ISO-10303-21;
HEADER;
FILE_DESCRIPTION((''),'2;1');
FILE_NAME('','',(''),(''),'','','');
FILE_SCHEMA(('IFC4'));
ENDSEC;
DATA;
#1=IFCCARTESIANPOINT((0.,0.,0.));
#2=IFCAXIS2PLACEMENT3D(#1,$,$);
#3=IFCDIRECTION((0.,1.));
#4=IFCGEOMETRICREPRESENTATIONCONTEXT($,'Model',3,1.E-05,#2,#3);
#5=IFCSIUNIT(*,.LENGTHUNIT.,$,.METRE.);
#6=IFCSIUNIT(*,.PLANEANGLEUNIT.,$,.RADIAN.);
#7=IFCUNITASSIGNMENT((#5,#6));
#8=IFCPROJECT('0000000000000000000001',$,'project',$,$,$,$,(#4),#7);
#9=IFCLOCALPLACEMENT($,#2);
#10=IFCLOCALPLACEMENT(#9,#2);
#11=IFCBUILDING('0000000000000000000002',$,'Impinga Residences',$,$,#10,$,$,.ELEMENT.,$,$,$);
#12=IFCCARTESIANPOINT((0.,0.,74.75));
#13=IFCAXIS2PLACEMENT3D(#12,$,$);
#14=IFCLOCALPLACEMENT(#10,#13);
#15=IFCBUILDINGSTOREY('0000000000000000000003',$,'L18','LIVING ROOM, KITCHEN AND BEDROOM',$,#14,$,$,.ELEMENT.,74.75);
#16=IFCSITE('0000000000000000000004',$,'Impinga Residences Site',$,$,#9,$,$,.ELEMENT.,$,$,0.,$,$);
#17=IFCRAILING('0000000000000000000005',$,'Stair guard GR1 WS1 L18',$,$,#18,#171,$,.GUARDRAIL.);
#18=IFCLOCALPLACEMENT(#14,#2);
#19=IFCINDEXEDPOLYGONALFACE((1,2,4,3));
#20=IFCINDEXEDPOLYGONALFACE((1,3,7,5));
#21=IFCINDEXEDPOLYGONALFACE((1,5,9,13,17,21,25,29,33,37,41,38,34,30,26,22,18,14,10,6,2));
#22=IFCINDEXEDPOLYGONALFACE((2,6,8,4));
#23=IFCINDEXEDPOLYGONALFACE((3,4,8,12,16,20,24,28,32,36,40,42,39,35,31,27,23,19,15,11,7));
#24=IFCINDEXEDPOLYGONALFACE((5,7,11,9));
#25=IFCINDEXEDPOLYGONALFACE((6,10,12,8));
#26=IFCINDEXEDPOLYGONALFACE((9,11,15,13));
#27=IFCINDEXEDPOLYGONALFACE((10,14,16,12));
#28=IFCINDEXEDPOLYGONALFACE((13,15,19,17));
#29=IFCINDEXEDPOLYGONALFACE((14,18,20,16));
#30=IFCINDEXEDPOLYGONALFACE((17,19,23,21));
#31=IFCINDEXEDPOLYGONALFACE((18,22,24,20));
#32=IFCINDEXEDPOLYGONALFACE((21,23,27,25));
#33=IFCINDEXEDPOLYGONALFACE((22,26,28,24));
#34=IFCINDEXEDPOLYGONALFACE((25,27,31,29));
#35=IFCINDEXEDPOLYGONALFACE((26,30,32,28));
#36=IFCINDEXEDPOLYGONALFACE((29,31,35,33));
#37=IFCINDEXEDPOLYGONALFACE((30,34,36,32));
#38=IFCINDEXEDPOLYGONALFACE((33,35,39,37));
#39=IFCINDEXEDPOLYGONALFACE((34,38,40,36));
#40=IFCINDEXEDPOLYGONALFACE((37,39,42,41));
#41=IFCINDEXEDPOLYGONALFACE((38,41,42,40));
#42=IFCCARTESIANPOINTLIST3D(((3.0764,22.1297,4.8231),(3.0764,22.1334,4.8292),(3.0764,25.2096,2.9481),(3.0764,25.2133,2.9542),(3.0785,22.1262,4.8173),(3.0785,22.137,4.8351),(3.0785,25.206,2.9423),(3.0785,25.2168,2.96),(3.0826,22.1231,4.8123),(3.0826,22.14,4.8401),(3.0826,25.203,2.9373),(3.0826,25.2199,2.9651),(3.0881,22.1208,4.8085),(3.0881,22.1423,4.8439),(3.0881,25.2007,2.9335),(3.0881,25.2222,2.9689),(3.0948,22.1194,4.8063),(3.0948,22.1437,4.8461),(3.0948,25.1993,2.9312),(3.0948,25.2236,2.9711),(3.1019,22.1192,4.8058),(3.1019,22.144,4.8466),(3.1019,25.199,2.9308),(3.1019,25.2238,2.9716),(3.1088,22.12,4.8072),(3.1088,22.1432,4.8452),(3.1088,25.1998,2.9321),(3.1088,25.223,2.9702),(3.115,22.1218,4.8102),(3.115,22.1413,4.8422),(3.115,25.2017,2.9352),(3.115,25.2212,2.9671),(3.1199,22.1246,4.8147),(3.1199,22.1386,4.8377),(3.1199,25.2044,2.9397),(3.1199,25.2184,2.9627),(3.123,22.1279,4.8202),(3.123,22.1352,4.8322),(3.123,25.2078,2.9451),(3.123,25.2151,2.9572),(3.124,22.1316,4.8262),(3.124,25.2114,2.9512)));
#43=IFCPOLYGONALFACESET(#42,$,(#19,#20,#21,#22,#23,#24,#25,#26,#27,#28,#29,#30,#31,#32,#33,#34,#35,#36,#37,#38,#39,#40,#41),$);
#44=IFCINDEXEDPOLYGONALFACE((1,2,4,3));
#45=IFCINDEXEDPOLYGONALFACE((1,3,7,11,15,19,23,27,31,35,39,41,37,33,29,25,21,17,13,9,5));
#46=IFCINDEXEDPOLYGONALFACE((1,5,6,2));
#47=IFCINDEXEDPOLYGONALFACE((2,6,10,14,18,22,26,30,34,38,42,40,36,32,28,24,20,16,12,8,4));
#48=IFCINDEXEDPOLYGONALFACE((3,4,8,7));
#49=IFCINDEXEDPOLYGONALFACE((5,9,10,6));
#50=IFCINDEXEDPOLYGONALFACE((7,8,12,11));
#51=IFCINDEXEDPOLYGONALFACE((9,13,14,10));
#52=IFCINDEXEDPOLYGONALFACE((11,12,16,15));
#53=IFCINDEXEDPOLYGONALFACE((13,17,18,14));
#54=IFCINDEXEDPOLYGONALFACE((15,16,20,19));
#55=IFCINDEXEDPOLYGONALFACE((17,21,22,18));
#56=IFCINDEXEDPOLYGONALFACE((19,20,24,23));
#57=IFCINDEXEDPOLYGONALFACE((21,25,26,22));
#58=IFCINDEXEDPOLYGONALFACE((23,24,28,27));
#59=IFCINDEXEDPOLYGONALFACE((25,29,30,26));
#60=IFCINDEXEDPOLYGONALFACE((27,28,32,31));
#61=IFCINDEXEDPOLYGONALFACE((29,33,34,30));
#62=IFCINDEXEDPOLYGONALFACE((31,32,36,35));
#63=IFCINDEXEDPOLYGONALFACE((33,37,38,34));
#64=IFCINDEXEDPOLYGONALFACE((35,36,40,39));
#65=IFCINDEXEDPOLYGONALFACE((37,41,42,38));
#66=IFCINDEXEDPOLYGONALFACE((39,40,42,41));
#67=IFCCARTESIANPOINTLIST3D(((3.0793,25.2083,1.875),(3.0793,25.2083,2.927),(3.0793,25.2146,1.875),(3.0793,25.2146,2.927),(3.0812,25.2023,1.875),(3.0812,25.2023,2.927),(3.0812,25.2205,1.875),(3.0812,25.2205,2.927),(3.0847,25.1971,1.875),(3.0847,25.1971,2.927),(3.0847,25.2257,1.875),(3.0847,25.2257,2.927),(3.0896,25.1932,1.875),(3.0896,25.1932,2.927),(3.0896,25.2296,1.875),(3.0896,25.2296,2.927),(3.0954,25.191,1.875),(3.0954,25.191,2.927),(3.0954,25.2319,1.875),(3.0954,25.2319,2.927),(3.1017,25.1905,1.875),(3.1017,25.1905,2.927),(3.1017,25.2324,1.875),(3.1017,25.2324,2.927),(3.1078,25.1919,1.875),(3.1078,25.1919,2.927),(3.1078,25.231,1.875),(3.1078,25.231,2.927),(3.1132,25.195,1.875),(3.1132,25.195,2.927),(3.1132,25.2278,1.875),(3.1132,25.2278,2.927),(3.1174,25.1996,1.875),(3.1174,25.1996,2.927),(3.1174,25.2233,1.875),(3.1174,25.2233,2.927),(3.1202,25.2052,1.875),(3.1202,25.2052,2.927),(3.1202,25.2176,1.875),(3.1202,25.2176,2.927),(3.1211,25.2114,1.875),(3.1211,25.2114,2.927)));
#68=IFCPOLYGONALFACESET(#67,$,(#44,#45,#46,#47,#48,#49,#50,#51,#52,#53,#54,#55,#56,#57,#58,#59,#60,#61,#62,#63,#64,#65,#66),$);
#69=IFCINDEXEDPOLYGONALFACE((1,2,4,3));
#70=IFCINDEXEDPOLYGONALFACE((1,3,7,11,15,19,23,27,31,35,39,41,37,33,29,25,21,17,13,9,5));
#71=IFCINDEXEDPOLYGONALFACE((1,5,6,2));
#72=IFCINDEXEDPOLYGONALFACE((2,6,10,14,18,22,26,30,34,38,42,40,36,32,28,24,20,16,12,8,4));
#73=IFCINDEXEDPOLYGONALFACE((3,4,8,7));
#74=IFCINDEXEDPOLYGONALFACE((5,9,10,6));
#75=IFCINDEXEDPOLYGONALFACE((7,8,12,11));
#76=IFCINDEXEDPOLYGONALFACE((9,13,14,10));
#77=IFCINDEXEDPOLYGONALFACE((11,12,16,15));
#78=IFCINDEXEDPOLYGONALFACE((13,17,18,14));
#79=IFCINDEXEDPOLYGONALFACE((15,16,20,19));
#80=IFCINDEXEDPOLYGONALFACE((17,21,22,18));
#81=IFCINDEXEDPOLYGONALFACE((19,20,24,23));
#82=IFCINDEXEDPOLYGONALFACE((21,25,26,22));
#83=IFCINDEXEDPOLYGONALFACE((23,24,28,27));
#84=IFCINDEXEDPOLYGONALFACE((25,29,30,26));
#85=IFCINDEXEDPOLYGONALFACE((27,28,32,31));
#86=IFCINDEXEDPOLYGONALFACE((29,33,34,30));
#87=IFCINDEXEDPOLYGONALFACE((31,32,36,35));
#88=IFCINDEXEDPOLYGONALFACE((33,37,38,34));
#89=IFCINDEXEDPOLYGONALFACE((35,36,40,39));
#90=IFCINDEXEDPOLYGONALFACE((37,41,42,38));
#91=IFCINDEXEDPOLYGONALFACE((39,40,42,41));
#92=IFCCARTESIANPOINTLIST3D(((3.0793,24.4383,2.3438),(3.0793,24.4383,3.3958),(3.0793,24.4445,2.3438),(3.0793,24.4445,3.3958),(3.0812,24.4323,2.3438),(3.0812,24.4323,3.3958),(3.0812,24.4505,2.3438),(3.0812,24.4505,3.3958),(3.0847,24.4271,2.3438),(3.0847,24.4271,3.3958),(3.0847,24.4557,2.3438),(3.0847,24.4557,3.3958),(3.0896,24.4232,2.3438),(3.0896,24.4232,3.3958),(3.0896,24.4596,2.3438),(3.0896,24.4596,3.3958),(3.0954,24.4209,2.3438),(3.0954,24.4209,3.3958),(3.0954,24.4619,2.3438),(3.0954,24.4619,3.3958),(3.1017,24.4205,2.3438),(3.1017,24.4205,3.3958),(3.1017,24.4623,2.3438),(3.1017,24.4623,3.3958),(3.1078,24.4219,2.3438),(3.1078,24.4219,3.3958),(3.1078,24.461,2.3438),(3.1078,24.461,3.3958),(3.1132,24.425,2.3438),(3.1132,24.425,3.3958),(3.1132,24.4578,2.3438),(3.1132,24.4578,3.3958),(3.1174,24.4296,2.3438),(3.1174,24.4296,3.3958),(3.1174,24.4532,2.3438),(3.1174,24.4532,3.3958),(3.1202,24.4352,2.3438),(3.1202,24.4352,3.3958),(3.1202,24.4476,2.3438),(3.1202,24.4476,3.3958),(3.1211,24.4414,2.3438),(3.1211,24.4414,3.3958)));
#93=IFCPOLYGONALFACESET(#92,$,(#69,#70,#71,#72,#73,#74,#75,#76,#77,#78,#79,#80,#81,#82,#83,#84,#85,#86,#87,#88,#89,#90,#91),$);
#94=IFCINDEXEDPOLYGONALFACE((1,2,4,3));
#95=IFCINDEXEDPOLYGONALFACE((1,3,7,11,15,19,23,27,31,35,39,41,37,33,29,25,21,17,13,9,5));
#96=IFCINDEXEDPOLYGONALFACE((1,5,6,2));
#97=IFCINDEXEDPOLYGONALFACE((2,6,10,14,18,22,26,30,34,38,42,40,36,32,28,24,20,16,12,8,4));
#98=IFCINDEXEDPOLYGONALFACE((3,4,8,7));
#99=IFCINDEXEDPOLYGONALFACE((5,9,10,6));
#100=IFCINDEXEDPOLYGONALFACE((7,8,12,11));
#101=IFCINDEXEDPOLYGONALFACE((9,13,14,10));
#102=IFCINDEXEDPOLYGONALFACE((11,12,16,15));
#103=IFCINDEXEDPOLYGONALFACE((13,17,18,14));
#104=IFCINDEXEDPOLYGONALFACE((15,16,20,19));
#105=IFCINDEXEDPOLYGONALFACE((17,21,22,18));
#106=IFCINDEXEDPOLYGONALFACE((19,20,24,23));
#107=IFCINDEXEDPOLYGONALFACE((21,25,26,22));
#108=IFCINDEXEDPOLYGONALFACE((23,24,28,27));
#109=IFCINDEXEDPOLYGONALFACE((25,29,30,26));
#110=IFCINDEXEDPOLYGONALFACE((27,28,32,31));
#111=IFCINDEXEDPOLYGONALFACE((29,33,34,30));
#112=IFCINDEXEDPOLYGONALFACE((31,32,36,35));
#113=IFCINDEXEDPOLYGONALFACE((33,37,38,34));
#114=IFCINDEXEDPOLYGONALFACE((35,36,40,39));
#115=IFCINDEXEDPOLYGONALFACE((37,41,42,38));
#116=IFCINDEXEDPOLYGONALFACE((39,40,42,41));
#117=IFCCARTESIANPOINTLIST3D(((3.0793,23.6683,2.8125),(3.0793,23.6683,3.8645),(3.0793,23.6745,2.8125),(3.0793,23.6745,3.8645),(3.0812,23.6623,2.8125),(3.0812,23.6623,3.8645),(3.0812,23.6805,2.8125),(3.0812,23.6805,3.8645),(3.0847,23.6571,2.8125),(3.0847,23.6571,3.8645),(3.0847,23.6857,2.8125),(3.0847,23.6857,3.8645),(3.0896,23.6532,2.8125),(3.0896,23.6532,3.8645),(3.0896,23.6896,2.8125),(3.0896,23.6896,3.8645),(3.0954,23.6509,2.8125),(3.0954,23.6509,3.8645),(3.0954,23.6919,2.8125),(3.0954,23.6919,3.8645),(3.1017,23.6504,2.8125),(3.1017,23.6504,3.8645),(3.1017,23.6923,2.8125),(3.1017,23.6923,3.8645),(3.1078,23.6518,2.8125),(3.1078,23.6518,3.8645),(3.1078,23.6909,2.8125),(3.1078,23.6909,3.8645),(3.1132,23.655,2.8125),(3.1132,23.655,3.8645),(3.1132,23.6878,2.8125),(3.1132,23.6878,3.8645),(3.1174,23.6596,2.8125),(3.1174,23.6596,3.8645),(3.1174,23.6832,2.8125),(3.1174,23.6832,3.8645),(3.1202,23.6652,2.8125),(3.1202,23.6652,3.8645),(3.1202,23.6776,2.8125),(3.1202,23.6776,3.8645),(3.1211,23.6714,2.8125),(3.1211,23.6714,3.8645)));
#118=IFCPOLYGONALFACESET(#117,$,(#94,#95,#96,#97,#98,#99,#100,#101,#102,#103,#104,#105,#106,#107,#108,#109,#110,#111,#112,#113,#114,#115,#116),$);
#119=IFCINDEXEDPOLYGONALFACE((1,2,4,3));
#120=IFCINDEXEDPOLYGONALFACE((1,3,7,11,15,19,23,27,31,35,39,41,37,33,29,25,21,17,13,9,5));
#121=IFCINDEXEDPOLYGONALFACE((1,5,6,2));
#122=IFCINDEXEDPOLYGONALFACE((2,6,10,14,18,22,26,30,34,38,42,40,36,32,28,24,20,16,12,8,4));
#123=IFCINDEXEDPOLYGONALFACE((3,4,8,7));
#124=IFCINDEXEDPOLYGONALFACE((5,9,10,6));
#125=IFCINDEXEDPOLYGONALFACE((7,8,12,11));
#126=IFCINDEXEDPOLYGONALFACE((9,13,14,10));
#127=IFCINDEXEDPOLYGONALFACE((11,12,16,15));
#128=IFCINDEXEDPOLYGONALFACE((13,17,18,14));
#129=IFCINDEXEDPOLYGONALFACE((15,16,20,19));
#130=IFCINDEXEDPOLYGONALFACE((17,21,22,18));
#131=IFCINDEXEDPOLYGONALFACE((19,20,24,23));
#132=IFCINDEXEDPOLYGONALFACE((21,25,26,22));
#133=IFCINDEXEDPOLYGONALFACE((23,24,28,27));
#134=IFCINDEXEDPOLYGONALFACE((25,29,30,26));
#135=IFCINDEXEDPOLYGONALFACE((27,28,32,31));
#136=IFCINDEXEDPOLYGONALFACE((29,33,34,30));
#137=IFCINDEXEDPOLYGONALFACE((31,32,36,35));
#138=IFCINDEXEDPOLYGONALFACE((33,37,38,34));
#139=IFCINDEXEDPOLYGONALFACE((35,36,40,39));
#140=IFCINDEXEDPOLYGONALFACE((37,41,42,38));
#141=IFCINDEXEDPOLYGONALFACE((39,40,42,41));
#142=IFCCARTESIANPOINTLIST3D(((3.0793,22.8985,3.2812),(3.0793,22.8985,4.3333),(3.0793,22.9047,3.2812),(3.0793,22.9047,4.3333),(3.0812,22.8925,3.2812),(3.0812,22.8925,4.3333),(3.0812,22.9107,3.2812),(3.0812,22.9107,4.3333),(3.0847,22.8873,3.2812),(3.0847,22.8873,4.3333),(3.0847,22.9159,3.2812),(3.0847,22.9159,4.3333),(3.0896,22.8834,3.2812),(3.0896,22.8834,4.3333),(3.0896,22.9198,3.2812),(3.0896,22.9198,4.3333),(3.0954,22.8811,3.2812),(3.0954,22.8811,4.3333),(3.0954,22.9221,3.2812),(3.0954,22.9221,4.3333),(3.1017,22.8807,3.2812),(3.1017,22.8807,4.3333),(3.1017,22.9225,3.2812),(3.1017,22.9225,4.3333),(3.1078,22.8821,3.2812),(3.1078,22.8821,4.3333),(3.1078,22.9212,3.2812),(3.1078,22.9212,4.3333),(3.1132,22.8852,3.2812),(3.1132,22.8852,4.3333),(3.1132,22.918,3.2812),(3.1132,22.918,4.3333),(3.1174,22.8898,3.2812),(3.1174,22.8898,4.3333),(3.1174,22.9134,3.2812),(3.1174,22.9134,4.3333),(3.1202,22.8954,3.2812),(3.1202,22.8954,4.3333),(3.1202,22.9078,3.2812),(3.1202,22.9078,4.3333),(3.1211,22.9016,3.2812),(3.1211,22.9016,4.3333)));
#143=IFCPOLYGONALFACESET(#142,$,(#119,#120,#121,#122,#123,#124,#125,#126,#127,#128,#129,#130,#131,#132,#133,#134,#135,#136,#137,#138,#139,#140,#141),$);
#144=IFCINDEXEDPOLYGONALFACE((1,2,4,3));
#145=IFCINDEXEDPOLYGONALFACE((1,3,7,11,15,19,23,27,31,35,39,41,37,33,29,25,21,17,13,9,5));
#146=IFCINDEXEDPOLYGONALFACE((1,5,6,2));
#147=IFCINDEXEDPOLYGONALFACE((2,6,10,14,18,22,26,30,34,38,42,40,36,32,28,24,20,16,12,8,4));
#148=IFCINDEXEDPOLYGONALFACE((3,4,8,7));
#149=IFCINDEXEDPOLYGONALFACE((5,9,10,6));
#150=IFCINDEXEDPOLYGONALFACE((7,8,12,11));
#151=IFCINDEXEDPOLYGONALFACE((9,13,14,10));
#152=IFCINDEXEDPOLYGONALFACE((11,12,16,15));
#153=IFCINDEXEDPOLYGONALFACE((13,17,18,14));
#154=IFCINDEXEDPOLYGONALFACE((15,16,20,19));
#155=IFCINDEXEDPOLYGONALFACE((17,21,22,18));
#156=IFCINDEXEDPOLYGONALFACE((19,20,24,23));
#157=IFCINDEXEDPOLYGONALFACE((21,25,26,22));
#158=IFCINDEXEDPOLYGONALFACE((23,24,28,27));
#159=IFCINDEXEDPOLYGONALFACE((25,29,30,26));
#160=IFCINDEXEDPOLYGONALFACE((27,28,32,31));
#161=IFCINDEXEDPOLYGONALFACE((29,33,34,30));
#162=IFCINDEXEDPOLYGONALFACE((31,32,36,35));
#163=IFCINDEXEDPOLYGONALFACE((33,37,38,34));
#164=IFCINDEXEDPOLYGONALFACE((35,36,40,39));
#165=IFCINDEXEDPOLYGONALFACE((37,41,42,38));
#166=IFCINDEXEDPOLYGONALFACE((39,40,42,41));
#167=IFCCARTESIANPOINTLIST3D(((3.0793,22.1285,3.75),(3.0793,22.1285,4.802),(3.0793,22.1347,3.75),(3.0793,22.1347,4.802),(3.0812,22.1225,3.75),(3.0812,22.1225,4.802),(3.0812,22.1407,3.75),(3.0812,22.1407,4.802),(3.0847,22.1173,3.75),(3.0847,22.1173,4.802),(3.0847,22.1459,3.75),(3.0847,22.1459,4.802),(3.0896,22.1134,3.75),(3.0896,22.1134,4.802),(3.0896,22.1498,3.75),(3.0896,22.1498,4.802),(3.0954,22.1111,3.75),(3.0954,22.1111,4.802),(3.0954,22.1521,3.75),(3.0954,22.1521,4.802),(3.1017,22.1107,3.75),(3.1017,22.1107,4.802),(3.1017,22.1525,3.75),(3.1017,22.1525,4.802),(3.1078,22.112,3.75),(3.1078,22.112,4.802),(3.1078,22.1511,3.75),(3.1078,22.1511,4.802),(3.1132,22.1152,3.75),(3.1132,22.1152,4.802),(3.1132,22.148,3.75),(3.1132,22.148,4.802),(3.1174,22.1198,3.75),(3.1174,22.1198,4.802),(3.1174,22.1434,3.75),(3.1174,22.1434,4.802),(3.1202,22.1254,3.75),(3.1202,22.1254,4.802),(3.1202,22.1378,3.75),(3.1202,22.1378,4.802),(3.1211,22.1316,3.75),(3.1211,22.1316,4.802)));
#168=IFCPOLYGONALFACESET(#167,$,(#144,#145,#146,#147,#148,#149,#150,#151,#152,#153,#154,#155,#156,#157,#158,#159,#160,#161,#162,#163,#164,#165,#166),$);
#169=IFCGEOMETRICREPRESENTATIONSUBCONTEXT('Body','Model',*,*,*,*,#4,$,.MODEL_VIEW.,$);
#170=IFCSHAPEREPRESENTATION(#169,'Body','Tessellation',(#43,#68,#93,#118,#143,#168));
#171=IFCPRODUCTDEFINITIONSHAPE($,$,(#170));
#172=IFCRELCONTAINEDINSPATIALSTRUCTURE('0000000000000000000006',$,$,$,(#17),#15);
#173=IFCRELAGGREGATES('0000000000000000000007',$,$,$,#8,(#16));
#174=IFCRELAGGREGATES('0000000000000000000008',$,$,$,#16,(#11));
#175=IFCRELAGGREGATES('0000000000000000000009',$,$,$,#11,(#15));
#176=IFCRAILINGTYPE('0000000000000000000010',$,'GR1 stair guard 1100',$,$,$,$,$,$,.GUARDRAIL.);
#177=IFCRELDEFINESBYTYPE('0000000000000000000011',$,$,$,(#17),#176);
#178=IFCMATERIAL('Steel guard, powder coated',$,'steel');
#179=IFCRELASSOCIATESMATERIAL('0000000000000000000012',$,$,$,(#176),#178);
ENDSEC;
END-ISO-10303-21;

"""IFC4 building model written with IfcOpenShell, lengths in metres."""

from ifc_helpers import new_model, si_unit, direction, frame, origin, origin_2d, place, context, subcontext, project, spatial, circle, extrude, material, type_object, element, save


model = new_model("IFC4")

# Units and contexts
model_context = context("Model", 3, precision=1e-05, world=origin(), true_north=direction((0.0, 1.0)))
body_context = subcontext(model_context, "Body", "Model", "MODEL_VIEW")
ifc_project = project(units=[si_unit("LENGTHUNIT", "METRE"), si_unit("PLANEANGLEUNIT", "RADIAN")], contexts=[model_context])

# Site, building, storey
site_placement = place(None, origin())
site = spatial("IfcSite", under=ifc_project, at=site_placement, Name="Impinga Residences Site", CompositionType="ELEMENT", RefElevation=0.0)
building_placement = place(site_placement, origin())
building = spatial("IfcBuilding", under=site, at=building_placement, Name="Impinga Residences", CompositionType="ELEMENT")
storey_placement = place(building_placement, frame((0.0, 0.0, 74.75)))
storey = spatial("IfcBuildingStorey", under=building, at=storey_placement, Name="L18", Description="LIVING ROOM, KITCHEN AND BEDROOM", CompositionType="ELEMENT", Elevation=74.75)

# Railing
ifc_material_1 = material(Name="Steel guard, powder coated", Category="steel")
railing_type_1 = type_object("IfcRailingType", Name="GR1 stair guard 1100", PredefinedType="GUARDRAIL", material=ifc_material_1)
railing_1_placement = place(storey_placement, frame((3.1001, 25.2114, 1.875)))
element("IfcRailing", 1, at=railing_1_placement, inside=storey, type_object=railing_type_1, Name="Stair guard GR1 WS1 L18", PredefinedType="GUARDRAIL", context=body_context, shape_type="SweptSolid", body=[
    extrude(circle(Radius=0.0239, at=origin_2d()), frame((0.0, 0.0, 1.0762), z_axis=(0.0, -0.854159, 0.520011), x_axis=(1.0, 0.0, 0.0)), (0.0, 0.0, 1.0), 3.6057),
    extrude(circle(Radius=0.021, at=origin_2d()), origin(), (0.0, 0.0, 1.0), 1.052),
    extrude(circle(Radius=0.021, at=origin_2d()), frame((0.0, -0.77, 0.4688)), (0.0, 0.0, 1.0), 1.052),
    extrude(circle(Radius=0.021, at=origin_2d()), frame((0.0, -1.54, 0.9375)), (0.0, 0.0, 1.0), 1.052),
    extrude(circle(Radius=0.021, at=origin_2d()), frame((0.0, -2.3098, 1.4062)), (0.0, 0.0, 1.0), 1.052),
    extrude(circle(Radius=0.021, at=origin_2d()), frame((0.0, -3.0798, 1.875)), (0.0, 0.0, 1.0), 1.052),
])

save(model, "model.ifc")
